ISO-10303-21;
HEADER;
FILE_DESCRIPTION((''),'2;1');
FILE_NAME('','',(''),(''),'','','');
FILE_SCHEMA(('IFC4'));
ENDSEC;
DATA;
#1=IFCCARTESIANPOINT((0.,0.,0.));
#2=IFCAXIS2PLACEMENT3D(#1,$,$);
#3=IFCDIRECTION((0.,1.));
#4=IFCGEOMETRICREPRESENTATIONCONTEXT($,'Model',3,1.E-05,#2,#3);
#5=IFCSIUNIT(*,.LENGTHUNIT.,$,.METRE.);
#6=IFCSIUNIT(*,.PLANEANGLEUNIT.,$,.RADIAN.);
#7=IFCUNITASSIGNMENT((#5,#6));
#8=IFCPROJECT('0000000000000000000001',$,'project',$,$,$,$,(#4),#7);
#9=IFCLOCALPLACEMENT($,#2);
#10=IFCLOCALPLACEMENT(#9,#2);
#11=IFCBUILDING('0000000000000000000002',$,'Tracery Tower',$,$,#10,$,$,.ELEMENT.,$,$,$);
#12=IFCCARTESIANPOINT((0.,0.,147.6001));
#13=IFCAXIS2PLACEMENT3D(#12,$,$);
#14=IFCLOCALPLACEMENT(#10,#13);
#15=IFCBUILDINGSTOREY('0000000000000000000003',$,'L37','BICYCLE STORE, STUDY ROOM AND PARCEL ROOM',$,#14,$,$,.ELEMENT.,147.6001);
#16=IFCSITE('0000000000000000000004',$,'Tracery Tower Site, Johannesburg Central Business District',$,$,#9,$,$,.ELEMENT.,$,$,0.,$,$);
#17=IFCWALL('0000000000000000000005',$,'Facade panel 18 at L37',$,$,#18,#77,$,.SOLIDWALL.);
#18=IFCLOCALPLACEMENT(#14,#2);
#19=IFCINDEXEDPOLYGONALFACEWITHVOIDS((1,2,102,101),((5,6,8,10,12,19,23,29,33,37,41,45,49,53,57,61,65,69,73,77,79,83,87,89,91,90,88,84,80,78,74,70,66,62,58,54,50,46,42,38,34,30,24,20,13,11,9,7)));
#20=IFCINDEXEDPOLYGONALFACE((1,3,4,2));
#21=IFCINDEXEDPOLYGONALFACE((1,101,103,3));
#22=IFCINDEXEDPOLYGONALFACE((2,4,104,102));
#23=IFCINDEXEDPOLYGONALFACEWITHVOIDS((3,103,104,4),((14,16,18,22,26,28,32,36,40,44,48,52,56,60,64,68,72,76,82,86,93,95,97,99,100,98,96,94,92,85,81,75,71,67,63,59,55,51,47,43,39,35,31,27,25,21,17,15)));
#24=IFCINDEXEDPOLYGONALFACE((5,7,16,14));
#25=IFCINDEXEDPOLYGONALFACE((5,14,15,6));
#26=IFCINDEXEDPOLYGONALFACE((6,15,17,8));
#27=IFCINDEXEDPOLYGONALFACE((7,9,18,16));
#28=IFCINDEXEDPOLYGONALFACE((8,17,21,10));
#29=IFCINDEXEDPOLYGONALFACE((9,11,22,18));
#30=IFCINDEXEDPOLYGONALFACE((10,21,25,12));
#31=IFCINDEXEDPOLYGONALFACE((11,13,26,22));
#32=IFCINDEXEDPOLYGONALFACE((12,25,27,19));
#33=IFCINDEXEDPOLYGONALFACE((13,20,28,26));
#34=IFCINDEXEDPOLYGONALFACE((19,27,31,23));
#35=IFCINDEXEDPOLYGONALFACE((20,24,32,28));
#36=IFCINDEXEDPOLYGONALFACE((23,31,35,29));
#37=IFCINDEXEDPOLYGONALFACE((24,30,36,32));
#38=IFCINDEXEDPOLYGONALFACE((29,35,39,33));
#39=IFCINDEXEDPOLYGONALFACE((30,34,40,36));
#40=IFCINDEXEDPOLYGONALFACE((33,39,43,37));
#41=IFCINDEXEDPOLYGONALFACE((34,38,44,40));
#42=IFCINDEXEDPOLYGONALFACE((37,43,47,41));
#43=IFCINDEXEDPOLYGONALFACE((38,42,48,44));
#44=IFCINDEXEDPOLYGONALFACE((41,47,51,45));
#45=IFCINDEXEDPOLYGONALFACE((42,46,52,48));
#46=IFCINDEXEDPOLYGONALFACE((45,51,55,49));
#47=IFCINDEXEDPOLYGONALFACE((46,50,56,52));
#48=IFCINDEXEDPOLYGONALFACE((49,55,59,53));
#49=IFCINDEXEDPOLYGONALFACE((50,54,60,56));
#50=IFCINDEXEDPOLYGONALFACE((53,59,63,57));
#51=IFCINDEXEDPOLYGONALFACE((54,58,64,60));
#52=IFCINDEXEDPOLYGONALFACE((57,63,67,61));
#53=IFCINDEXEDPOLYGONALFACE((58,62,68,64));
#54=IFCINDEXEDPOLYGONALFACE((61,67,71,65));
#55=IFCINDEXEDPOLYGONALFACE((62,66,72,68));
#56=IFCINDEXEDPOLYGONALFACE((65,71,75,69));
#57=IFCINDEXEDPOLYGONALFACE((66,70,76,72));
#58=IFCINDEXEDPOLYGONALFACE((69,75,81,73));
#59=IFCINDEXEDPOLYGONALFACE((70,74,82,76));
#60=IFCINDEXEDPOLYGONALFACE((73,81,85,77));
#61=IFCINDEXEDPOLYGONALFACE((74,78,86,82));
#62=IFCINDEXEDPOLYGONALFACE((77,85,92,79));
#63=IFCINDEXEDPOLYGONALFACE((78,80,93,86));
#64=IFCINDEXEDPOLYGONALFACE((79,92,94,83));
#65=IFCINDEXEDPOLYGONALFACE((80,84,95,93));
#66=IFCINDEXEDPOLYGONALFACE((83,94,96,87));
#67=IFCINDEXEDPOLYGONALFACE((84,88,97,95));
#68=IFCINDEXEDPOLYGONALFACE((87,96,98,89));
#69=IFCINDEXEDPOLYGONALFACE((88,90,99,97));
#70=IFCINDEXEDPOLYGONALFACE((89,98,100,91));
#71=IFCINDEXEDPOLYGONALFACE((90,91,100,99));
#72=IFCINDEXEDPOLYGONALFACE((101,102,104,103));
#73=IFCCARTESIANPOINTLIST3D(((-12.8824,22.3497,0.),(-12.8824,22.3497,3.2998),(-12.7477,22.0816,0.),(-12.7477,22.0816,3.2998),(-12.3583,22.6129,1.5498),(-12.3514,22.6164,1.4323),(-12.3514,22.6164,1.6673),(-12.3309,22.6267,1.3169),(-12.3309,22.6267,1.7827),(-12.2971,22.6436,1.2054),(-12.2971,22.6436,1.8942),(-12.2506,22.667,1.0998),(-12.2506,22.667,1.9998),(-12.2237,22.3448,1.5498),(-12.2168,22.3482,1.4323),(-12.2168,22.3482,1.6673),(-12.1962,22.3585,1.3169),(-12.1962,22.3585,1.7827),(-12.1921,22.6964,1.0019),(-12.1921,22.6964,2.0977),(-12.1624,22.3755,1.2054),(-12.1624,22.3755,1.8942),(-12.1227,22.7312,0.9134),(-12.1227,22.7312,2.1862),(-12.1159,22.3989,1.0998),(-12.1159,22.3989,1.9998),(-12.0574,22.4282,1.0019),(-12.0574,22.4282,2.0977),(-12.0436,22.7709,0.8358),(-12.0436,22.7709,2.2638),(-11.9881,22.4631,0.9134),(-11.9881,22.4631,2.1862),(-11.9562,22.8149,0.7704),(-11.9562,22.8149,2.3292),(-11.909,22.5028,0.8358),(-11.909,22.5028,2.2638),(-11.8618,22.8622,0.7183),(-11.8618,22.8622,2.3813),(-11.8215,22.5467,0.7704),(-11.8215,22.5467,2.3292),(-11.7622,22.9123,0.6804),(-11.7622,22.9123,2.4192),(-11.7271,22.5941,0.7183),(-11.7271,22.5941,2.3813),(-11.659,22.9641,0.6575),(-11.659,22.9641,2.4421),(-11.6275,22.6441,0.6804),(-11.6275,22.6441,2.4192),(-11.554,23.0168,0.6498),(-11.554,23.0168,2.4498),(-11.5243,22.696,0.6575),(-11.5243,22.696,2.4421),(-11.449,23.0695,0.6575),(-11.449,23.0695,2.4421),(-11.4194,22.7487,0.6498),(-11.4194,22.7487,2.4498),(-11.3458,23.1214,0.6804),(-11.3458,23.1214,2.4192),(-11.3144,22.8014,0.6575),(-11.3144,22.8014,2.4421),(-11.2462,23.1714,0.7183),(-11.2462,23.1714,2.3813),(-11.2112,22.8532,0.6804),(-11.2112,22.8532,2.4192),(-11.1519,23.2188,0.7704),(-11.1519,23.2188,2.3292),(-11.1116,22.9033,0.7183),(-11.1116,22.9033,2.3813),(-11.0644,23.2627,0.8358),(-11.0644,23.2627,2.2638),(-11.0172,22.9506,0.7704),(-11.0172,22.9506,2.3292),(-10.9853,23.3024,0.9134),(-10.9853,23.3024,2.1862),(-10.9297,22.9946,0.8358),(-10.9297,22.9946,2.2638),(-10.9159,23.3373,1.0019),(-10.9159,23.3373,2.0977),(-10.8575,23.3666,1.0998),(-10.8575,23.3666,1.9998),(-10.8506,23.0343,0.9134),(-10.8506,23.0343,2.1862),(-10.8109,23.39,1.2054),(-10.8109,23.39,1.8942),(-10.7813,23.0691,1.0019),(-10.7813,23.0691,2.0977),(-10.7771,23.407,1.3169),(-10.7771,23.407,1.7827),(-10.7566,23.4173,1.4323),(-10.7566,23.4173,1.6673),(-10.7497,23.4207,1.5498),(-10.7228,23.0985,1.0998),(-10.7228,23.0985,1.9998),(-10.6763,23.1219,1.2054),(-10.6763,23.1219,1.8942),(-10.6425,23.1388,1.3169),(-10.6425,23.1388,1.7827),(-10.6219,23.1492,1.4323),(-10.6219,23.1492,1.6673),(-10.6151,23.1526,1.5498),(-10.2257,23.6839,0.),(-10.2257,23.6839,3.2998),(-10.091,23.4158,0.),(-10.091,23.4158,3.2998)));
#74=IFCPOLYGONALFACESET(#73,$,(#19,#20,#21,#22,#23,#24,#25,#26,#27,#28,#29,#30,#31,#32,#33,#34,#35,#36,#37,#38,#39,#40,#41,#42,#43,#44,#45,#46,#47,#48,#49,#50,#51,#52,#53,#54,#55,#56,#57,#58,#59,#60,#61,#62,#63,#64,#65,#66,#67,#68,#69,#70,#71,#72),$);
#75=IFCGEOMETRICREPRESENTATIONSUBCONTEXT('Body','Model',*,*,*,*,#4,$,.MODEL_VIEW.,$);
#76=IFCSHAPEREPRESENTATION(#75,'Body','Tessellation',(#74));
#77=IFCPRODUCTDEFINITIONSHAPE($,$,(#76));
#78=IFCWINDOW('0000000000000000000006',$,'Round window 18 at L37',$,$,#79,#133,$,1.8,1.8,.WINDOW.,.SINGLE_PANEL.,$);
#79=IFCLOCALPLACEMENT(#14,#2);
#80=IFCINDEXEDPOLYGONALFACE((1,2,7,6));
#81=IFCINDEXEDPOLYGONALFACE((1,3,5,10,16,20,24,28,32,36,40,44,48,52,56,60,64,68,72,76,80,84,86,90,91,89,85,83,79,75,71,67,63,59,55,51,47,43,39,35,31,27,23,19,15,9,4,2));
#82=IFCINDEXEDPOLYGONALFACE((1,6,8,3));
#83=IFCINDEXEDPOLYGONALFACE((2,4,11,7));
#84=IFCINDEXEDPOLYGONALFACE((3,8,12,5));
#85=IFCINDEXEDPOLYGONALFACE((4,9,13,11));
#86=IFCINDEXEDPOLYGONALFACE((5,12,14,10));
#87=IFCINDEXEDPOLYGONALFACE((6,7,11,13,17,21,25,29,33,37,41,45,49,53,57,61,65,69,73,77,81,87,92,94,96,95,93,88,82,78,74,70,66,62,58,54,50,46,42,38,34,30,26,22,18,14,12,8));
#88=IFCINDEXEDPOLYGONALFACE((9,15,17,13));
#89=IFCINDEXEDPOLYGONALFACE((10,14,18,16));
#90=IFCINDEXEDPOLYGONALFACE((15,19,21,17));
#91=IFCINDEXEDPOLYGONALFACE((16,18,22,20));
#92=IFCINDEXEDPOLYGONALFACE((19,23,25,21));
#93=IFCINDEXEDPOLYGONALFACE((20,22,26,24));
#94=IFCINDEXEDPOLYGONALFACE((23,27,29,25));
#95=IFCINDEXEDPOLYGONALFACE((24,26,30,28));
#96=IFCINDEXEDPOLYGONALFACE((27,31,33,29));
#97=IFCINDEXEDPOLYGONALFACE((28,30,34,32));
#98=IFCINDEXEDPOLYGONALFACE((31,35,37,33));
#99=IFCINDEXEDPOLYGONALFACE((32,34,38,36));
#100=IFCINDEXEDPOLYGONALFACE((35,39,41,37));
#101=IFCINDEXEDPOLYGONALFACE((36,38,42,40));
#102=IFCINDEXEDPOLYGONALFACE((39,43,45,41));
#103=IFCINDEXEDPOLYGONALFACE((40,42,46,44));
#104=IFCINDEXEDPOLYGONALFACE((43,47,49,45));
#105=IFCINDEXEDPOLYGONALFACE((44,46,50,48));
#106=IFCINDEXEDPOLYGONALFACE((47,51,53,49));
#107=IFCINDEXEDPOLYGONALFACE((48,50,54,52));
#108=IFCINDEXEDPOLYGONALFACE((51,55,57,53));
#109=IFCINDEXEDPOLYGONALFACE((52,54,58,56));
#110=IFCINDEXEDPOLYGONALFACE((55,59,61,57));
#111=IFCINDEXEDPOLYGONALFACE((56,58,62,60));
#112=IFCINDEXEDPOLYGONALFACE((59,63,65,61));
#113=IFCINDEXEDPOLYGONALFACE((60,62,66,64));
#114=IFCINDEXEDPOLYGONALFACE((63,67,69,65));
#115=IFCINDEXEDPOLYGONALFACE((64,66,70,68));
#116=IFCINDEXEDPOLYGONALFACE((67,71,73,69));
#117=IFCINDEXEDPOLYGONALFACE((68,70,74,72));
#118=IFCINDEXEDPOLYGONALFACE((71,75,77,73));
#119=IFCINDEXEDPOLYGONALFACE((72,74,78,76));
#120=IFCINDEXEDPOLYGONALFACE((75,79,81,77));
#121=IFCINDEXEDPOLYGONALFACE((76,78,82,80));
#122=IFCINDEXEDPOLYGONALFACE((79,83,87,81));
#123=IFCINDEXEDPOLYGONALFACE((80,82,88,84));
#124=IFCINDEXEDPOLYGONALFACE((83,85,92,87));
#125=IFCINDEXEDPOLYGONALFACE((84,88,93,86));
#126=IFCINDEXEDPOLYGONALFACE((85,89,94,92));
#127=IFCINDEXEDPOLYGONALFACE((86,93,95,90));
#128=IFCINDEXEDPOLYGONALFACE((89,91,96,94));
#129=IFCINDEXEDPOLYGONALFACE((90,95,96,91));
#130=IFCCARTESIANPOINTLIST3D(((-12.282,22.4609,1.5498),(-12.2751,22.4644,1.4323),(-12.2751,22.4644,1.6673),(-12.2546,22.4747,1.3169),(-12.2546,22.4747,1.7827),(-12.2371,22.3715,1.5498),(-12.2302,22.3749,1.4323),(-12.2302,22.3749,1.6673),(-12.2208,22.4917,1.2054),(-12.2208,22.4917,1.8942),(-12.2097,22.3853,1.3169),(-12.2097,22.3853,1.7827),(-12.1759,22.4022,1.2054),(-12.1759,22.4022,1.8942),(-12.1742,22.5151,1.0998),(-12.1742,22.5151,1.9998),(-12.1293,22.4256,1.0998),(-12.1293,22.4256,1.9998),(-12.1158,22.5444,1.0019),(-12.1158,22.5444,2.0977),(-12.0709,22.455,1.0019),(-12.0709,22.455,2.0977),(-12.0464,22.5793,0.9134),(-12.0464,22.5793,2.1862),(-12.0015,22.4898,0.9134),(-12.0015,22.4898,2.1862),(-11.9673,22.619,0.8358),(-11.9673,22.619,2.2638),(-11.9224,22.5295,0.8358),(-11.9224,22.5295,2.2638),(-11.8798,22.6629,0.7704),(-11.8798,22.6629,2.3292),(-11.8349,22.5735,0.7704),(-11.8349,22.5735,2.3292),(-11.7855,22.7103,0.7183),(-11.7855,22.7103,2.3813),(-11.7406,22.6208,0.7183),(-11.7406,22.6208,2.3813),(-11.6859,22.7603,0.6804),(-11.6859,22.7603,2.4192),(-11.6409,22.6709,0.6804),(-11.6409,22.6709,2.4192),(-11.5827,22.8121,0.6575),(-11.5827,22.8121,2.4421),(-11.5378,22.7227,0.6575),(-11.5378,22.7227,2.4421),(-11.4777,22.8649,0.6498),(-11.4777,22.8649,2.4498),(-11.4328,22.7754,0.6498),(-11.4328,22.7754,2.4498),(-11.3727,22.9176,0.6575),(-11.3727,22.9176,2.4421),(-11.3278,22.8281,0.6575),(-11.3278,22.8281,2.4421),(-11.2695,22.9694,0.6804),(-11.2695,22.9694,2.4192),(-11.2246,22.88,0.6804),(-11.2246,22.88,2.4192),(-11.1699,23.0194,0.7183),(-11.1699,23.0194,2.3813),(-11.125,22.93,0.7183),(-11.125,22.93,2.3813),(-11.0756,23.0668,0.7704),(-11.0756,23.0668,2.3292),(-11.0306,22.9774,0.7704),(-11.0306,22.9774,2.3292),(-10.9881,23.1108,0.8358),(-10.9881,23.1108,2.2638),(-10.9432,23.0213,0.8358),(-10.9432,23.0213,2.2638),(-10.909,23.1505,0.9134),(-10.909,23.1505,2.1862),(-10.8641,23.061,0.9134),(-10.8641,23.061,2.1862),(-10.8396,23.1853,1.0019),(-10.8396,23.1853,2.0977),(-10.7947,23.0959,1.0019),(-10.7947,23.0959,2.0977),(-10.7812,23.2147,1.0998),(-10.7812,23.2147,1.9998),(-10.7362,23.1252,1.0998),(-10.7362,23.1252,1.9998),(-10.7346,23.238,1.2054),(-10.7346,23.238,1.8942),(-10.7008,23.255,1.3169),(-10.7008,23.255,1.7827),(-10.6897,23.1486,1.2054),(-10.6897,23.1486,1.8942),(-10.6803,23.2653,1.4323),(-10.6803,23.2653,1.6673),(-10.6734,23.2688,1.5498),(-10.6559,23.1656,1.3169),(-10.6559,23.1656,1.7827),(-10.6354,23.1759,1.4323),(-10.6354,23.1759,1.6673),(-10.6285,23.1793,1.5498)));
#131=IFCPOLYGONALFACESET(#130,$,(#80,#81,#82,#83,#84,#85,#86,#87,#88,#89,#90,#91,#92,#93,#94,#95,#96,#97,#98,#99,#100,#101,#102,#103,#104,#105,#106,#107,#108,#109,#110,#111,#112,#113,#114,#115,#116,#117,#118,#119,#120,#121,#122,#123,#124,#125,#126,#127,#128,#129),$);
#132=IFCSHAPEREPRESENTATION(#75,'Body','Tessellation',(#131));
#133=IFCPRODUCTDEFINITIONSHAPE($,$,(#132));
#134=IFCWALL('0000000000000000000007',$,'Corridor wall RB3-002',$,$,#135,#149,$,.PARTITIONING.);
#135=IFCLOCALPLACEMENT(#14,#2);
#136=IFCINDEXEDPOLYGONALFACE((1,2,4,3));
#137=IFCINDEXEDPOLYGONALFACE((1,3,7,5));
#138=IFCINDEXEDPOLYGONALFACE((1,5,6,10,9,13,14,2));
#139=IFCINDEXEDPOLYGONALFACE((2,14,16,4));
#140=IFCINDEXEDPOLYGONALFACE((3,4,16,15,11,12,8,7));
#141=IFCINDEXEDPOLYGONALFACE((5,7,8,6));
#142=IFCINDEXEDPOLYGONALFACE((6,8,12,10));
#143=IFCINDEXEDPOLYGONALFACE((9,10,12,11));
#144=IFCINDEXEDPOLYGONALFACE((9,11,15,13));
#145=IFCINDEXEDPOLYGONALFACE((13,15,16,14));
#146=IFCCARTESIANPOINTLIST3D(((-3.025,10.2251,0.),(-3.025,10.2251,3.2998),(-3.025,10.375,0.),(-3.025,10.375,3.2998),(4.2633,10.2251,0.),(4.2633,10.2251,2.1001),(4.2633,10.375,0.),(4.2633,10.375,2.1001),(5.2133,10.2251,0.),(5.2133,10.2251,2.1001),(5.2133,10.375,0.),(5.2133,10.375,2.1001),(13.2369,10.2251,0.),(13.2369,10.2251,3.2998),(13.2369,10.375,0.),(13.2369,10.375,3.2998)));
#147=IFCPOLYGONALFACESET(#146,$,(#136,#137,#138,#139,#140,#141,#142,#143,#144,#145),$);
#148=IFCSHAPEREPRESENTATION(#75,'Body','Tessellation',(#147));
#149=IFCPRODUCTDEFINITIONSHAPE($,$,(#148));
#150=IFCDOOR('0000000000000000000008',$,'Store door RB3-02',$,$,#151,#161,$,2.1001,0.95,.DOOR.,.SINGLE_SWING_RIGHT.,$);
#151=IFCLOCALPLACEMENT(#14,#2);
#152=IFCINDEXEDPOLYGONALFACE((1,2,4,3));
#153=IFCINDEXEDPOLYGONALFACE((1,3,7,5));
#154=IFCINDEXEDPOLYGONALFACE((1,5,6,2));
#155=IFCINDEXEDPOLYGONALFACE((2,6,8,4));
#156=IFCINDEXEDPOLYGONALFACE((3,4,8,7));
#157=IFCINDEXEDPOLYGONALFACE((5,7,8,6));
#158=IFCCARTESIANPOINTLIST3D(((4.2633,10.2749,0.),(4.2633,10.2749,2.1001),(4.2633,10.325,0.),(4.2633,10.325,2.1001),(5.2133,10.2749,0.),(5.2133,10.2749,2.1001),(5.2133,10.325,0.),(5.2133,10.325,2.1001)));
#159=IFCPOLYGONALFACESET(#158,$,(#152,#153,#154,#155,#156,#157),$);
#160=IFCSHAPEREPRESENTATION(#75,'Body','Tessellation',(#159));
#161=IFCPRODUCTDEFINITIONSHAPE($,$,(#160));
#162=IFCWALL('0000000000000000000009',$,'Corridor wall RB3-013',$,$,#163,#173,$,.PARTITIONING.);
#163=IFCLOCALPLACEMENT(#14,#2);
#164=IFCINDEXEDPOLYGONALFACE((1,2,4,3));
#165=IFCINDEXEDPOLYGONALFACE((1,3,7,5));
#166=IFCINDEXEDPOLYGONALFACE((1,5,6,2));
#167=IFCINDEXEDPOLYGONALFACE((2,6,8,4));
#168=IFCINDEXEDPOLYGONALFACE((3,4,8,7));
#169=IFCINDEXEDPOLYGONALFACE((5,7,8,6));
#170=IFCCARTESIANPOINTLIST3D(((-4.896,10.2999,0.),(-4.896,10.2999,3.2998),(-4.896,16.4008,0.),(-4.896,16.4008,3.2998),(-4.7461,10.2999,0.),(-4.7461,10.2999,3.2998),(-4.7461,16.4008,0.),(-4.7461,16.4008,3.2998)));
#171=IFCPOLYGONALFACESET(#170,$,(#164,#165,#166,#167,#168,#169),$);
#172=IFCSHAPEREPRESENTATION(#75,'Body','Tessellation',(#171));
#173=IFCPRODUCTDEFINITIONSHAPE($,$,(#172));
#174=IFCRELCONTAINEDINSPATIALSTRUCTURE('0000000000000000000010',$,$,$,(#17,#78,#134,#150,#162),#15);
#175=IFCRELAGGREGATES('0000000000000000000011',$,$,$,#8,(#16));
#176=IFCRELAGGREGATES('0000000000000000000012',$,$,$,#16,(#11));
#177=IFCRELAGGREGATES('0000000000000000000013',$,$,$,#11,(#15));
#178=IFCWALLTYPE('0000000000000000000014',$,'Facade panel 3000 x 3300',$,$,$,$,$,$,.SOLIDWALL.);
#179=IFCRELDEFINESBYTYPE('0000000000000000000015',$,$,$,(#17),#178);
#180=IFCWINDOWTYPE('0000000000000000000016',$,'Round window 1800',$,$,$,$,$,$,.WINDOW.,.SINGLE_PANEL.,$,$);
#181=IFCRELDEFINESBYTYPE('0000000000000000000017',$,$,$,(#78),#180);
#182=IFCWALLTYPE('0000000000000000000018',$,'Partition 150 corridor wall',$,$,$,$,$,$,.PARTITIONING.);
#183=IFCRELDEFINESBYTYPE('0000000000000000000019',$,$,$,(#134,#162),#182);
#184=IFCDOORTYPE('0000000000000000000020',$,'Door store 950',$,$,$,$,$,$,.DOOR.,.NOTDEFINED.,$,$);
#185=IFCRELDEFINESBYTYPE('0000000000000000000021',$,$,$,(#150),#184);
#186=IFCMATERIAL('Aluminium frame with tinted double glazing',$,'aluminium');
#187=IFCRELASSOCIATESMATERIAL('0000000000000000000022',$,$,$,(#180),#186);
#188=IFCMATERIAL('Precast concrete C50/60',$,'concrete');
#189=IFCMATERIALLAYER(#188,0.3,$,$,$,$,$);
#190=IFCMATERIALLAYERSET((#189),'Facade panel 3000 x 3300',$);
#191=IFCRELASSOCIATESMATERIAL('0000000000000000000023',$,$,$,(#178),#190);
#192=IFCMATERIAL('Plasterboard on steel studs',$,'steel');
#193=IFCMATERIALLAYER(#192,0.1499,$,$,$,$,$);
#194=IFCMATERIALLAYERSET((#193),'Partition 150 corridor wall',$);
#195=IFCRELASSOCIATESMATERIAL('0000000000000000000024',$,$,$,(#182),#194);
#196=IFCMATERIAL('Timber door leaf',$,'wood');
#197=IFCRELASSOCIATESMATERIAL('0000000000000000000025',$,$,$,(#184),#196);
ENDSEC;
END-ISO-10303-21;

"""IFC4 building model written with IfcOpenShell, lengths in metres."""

from ifc_helpers import new_model, si_unit, direction, frame, frame_2d, origin, origin_2d, place, context, subcontext, project, spatial, rectangle, circle, extrude, material, layer, layer_set, type_object, element, fill, save


model = new_model("IFC4")

# Units and contexts
model_context = context("Model", 3, precision=1e-05, world=origin(), true_north=direction((0.0, 1.0)))
body_context = subcontext(model_context, "Body", "Model", "MODEL_VIEW")
ifc_project = project(units=[si_unit("LENGTHUNIT", "METRE"), si_unit("PLANEANGLEUNIT", "RADIAN")], contexts=[model_context])

# Site, building, storey
site_placement = place(None, origin())
site = spatial("IfcSite", under=ifc_project, at=site_placement, Name="Tracery Tower Site, Johannesburg Central Business District", CompositionType="ELEMENT", RefElevation=0.0)
building_placement = place(site_placement, origin())
building = spatial("IfcBuilding", under=site, at=building_placement, Name="Tracery Tower", CompositionType="ELEMENT")
storey_placement = place(building_placement, frame((0.0, 0.0, 147.6001)))
storey = spatial("IfcBuildingStorey", under=building, at=storey_placement, Name="L37", Description="BICYCLE STORE, STUDY ROOM AND PARCEL ROOM", CompositionType="ELEMENT", Elevation=147.6001)

# Wall, opening, window
ifc_material_1 = material(Name="Aluminium frame with tinted double glazing", Category="aluminium")
window_type = type_object("IfcWindowType", Name="Round window 1800", PartitioningType="SINGLE_PANEL", PredefinedType="WINDOW", material=ifc_material_1)
ifc_material_2 = material(Name="Precast concrete C50/60", Category="concrete")
ifc_layer_1 = layer(ifc_material_2, 0.3)
ifc_layer_set_1 = layer_set([ifc_layer_1], Name="Facade panel 3000 x 3300")
wall_type_1 = type_object("IfcWallType", Name="Facade panel 3000 x 3300", PredefinedType="SOLIDWALL", material=ifc_layer_set_1)
wall_1_placement = place(storey_placement, frame((-10.1584, 23.5498, 0.0), z_axis=(0.0, 0.0, 1.0), x_axis=(-0.893637, -0.44879, 0.0)))
wall_1 = element("IfcWall", 1, at=wall_1_placement, inside=storey, type_object=wall_type_1, Name="Facade panel 18 at L37", PredefinedType="SOLIDWALL", context=body_context, shape_type="SweptSolid", body=[
    extrude(rectangle(XDim=2.9729, YDim=0.3, at=frame_2d((1.4863, 0.0))), origin(), (0.0, 0.0, 1.0), 3.2998),
])
opening_1_placement = place(wall_1_placement, frame((1.4863, 0.0, 1.5498)))
opening_1 = element("IfcOpeningElement", 2, at=opening_1_placement, cuts=wall_1, PredefinedType="OPENING", context=body_context, shape_type="SweptSolid", body=[
    extrude(circle(Radius=0.9, at=origin_2d()), frame((0.0, 0.1599, 0.0), z_axis=(0.0, -1.0, 0.0), x_axis=(1.0, 0.0, 0.0)), (0.0, 0.0, 1.0), 0.3201),
])
window_1_placement = place(opening_1_placement, origin())
window_1 = element("IfcWindow", 3, at=window_1_placement, inside=storey, type_object=window_type, Name="Round window 18 at L37", OverallHeight=1.8, OverallWidth=1.8, PartitioningType="SINGLE_PANEL", PredefinedType="WINDOW", context=body_context, shape_type="SweptSolid", body=[
    extrude(circle(Radius=0.9, at=origin_2d()), frame((0.0, 0.1201, 0.0), z_axis=(0.0, -1.0, 0.0), x_axis=(1.0, 0.0, 0.0)), (0.0, 0.0, 1.0), 0.1001),
])
fill(opening_1, window_1)

# Wall, opening, door
ifc_material_3 = material(Name="Plasterboard on steel studs", Category="steel")
ifc_layer_2 = layer(ifc_material_3, 0.1499)
ifc_layer_set_2 = layer_set([ifc_layer_2], Name="Partition 150 corridor wall")
wall_type_2 = type_object("IfcWallType", Name="Partition 150 corridor wall", PredefinedType="PARTITIONING", material=ifc_layer_set_2)
wall_2_placement = place(storey_placement, frame((-3.0249, 10.3, 0.0), z_axis=(0.0, 0.0, 1.0), x_axis=(1.0, 0.0, 0.0)))
wall_2 = element("IfcWall", 4, at=wall_2_placement, inside=storey, type_object=wall_type_2, Name="Corridor wall RB3-002", PredefinedType="PARTITIONING", context=body_context, shape_type="SweptSolid", body=[
    extrude(rectangle(XDim=16.262, YDim=0.1499, at=frame_2d((8.1309, 0.0))), origin(), (0.0, 0.0, 1.0), 3.2998),
])
opening_2_placement = place(wall_2_placement, frame((7.2881, 0.0, 0.0)))
opening_2 = element("IfcOpeningElement", 5, at=opening_2_placement, cuts=wall_2, PredefinedType="OPENING", context=body_context, shape_type="SweptSolid", body=[
    extrude(rectangle(XDim=0.95, YDim=2.1001, at=frame_2d((0.4751, 1.05))), frame((0.0, 0.075, 0.0), z_axis=(0.0, -1.0, 0.0), x_axis=(1.0, 0.0, 0.0)), (0.0, 0.0, 1.0), 0.1499),
])
ifc_material_4 = material(Name="Timber door leaf", Category="wood")
door_type_1 = type_object("IfcDoorType", Name="Door store 950", OperationType="NOTDEFINED", PredefinedType="DOOR", material=ifc_material_4)
door_1_placement = place(opening_2_placement, origin())
door_1 = element("IfcDoor", 6, at=door_1_placement, inside=storey, type_object=door_type_1, Name="Store door RB3-02", OperationType="SINGLE_SWING_RIGHT", OverallHeight=2.1001, OverallWidth=0.95, PredefinedType="DOOR", context=body_context, shape_type="SweptSolid", body=[
    extrude(rectangle(XDim=0.95, YDim=2.1001, at=frame_2d((0.4751, 1.05))), frame((0.0, 0.0249, 0.0), z_axis=(0.0, -1.0, 0.0), x_axis=(1.0, 0.0, 0.0)), (0.0, 0.0, 1.0), 0.05),
])
fill(opening_2, door_1)

# Wall
wall_3_placement = place(storey_placement, frame((-4.821, 10.3, 0.0), z_axis=(0.0, 0.0, 1.0), x_axis=(0.0, 1.0, 0.0)))
element("IfcWall", 7, at=wall_3_placement, inside=storey, type_object=wall_type_2, Name="Corridor wall RB3-013", PredefinedType="PARTITIONING", context=body_context, shape_type="SweptSolid", body=[
    extrude(rectangle(XDim=6.1008, YDim=0.1499, at=frame_2d((3.0503, 0.0))), origin(), (0.0, 0.0, 1.0), 3.2998),
])

save(model, "model.ifc")
